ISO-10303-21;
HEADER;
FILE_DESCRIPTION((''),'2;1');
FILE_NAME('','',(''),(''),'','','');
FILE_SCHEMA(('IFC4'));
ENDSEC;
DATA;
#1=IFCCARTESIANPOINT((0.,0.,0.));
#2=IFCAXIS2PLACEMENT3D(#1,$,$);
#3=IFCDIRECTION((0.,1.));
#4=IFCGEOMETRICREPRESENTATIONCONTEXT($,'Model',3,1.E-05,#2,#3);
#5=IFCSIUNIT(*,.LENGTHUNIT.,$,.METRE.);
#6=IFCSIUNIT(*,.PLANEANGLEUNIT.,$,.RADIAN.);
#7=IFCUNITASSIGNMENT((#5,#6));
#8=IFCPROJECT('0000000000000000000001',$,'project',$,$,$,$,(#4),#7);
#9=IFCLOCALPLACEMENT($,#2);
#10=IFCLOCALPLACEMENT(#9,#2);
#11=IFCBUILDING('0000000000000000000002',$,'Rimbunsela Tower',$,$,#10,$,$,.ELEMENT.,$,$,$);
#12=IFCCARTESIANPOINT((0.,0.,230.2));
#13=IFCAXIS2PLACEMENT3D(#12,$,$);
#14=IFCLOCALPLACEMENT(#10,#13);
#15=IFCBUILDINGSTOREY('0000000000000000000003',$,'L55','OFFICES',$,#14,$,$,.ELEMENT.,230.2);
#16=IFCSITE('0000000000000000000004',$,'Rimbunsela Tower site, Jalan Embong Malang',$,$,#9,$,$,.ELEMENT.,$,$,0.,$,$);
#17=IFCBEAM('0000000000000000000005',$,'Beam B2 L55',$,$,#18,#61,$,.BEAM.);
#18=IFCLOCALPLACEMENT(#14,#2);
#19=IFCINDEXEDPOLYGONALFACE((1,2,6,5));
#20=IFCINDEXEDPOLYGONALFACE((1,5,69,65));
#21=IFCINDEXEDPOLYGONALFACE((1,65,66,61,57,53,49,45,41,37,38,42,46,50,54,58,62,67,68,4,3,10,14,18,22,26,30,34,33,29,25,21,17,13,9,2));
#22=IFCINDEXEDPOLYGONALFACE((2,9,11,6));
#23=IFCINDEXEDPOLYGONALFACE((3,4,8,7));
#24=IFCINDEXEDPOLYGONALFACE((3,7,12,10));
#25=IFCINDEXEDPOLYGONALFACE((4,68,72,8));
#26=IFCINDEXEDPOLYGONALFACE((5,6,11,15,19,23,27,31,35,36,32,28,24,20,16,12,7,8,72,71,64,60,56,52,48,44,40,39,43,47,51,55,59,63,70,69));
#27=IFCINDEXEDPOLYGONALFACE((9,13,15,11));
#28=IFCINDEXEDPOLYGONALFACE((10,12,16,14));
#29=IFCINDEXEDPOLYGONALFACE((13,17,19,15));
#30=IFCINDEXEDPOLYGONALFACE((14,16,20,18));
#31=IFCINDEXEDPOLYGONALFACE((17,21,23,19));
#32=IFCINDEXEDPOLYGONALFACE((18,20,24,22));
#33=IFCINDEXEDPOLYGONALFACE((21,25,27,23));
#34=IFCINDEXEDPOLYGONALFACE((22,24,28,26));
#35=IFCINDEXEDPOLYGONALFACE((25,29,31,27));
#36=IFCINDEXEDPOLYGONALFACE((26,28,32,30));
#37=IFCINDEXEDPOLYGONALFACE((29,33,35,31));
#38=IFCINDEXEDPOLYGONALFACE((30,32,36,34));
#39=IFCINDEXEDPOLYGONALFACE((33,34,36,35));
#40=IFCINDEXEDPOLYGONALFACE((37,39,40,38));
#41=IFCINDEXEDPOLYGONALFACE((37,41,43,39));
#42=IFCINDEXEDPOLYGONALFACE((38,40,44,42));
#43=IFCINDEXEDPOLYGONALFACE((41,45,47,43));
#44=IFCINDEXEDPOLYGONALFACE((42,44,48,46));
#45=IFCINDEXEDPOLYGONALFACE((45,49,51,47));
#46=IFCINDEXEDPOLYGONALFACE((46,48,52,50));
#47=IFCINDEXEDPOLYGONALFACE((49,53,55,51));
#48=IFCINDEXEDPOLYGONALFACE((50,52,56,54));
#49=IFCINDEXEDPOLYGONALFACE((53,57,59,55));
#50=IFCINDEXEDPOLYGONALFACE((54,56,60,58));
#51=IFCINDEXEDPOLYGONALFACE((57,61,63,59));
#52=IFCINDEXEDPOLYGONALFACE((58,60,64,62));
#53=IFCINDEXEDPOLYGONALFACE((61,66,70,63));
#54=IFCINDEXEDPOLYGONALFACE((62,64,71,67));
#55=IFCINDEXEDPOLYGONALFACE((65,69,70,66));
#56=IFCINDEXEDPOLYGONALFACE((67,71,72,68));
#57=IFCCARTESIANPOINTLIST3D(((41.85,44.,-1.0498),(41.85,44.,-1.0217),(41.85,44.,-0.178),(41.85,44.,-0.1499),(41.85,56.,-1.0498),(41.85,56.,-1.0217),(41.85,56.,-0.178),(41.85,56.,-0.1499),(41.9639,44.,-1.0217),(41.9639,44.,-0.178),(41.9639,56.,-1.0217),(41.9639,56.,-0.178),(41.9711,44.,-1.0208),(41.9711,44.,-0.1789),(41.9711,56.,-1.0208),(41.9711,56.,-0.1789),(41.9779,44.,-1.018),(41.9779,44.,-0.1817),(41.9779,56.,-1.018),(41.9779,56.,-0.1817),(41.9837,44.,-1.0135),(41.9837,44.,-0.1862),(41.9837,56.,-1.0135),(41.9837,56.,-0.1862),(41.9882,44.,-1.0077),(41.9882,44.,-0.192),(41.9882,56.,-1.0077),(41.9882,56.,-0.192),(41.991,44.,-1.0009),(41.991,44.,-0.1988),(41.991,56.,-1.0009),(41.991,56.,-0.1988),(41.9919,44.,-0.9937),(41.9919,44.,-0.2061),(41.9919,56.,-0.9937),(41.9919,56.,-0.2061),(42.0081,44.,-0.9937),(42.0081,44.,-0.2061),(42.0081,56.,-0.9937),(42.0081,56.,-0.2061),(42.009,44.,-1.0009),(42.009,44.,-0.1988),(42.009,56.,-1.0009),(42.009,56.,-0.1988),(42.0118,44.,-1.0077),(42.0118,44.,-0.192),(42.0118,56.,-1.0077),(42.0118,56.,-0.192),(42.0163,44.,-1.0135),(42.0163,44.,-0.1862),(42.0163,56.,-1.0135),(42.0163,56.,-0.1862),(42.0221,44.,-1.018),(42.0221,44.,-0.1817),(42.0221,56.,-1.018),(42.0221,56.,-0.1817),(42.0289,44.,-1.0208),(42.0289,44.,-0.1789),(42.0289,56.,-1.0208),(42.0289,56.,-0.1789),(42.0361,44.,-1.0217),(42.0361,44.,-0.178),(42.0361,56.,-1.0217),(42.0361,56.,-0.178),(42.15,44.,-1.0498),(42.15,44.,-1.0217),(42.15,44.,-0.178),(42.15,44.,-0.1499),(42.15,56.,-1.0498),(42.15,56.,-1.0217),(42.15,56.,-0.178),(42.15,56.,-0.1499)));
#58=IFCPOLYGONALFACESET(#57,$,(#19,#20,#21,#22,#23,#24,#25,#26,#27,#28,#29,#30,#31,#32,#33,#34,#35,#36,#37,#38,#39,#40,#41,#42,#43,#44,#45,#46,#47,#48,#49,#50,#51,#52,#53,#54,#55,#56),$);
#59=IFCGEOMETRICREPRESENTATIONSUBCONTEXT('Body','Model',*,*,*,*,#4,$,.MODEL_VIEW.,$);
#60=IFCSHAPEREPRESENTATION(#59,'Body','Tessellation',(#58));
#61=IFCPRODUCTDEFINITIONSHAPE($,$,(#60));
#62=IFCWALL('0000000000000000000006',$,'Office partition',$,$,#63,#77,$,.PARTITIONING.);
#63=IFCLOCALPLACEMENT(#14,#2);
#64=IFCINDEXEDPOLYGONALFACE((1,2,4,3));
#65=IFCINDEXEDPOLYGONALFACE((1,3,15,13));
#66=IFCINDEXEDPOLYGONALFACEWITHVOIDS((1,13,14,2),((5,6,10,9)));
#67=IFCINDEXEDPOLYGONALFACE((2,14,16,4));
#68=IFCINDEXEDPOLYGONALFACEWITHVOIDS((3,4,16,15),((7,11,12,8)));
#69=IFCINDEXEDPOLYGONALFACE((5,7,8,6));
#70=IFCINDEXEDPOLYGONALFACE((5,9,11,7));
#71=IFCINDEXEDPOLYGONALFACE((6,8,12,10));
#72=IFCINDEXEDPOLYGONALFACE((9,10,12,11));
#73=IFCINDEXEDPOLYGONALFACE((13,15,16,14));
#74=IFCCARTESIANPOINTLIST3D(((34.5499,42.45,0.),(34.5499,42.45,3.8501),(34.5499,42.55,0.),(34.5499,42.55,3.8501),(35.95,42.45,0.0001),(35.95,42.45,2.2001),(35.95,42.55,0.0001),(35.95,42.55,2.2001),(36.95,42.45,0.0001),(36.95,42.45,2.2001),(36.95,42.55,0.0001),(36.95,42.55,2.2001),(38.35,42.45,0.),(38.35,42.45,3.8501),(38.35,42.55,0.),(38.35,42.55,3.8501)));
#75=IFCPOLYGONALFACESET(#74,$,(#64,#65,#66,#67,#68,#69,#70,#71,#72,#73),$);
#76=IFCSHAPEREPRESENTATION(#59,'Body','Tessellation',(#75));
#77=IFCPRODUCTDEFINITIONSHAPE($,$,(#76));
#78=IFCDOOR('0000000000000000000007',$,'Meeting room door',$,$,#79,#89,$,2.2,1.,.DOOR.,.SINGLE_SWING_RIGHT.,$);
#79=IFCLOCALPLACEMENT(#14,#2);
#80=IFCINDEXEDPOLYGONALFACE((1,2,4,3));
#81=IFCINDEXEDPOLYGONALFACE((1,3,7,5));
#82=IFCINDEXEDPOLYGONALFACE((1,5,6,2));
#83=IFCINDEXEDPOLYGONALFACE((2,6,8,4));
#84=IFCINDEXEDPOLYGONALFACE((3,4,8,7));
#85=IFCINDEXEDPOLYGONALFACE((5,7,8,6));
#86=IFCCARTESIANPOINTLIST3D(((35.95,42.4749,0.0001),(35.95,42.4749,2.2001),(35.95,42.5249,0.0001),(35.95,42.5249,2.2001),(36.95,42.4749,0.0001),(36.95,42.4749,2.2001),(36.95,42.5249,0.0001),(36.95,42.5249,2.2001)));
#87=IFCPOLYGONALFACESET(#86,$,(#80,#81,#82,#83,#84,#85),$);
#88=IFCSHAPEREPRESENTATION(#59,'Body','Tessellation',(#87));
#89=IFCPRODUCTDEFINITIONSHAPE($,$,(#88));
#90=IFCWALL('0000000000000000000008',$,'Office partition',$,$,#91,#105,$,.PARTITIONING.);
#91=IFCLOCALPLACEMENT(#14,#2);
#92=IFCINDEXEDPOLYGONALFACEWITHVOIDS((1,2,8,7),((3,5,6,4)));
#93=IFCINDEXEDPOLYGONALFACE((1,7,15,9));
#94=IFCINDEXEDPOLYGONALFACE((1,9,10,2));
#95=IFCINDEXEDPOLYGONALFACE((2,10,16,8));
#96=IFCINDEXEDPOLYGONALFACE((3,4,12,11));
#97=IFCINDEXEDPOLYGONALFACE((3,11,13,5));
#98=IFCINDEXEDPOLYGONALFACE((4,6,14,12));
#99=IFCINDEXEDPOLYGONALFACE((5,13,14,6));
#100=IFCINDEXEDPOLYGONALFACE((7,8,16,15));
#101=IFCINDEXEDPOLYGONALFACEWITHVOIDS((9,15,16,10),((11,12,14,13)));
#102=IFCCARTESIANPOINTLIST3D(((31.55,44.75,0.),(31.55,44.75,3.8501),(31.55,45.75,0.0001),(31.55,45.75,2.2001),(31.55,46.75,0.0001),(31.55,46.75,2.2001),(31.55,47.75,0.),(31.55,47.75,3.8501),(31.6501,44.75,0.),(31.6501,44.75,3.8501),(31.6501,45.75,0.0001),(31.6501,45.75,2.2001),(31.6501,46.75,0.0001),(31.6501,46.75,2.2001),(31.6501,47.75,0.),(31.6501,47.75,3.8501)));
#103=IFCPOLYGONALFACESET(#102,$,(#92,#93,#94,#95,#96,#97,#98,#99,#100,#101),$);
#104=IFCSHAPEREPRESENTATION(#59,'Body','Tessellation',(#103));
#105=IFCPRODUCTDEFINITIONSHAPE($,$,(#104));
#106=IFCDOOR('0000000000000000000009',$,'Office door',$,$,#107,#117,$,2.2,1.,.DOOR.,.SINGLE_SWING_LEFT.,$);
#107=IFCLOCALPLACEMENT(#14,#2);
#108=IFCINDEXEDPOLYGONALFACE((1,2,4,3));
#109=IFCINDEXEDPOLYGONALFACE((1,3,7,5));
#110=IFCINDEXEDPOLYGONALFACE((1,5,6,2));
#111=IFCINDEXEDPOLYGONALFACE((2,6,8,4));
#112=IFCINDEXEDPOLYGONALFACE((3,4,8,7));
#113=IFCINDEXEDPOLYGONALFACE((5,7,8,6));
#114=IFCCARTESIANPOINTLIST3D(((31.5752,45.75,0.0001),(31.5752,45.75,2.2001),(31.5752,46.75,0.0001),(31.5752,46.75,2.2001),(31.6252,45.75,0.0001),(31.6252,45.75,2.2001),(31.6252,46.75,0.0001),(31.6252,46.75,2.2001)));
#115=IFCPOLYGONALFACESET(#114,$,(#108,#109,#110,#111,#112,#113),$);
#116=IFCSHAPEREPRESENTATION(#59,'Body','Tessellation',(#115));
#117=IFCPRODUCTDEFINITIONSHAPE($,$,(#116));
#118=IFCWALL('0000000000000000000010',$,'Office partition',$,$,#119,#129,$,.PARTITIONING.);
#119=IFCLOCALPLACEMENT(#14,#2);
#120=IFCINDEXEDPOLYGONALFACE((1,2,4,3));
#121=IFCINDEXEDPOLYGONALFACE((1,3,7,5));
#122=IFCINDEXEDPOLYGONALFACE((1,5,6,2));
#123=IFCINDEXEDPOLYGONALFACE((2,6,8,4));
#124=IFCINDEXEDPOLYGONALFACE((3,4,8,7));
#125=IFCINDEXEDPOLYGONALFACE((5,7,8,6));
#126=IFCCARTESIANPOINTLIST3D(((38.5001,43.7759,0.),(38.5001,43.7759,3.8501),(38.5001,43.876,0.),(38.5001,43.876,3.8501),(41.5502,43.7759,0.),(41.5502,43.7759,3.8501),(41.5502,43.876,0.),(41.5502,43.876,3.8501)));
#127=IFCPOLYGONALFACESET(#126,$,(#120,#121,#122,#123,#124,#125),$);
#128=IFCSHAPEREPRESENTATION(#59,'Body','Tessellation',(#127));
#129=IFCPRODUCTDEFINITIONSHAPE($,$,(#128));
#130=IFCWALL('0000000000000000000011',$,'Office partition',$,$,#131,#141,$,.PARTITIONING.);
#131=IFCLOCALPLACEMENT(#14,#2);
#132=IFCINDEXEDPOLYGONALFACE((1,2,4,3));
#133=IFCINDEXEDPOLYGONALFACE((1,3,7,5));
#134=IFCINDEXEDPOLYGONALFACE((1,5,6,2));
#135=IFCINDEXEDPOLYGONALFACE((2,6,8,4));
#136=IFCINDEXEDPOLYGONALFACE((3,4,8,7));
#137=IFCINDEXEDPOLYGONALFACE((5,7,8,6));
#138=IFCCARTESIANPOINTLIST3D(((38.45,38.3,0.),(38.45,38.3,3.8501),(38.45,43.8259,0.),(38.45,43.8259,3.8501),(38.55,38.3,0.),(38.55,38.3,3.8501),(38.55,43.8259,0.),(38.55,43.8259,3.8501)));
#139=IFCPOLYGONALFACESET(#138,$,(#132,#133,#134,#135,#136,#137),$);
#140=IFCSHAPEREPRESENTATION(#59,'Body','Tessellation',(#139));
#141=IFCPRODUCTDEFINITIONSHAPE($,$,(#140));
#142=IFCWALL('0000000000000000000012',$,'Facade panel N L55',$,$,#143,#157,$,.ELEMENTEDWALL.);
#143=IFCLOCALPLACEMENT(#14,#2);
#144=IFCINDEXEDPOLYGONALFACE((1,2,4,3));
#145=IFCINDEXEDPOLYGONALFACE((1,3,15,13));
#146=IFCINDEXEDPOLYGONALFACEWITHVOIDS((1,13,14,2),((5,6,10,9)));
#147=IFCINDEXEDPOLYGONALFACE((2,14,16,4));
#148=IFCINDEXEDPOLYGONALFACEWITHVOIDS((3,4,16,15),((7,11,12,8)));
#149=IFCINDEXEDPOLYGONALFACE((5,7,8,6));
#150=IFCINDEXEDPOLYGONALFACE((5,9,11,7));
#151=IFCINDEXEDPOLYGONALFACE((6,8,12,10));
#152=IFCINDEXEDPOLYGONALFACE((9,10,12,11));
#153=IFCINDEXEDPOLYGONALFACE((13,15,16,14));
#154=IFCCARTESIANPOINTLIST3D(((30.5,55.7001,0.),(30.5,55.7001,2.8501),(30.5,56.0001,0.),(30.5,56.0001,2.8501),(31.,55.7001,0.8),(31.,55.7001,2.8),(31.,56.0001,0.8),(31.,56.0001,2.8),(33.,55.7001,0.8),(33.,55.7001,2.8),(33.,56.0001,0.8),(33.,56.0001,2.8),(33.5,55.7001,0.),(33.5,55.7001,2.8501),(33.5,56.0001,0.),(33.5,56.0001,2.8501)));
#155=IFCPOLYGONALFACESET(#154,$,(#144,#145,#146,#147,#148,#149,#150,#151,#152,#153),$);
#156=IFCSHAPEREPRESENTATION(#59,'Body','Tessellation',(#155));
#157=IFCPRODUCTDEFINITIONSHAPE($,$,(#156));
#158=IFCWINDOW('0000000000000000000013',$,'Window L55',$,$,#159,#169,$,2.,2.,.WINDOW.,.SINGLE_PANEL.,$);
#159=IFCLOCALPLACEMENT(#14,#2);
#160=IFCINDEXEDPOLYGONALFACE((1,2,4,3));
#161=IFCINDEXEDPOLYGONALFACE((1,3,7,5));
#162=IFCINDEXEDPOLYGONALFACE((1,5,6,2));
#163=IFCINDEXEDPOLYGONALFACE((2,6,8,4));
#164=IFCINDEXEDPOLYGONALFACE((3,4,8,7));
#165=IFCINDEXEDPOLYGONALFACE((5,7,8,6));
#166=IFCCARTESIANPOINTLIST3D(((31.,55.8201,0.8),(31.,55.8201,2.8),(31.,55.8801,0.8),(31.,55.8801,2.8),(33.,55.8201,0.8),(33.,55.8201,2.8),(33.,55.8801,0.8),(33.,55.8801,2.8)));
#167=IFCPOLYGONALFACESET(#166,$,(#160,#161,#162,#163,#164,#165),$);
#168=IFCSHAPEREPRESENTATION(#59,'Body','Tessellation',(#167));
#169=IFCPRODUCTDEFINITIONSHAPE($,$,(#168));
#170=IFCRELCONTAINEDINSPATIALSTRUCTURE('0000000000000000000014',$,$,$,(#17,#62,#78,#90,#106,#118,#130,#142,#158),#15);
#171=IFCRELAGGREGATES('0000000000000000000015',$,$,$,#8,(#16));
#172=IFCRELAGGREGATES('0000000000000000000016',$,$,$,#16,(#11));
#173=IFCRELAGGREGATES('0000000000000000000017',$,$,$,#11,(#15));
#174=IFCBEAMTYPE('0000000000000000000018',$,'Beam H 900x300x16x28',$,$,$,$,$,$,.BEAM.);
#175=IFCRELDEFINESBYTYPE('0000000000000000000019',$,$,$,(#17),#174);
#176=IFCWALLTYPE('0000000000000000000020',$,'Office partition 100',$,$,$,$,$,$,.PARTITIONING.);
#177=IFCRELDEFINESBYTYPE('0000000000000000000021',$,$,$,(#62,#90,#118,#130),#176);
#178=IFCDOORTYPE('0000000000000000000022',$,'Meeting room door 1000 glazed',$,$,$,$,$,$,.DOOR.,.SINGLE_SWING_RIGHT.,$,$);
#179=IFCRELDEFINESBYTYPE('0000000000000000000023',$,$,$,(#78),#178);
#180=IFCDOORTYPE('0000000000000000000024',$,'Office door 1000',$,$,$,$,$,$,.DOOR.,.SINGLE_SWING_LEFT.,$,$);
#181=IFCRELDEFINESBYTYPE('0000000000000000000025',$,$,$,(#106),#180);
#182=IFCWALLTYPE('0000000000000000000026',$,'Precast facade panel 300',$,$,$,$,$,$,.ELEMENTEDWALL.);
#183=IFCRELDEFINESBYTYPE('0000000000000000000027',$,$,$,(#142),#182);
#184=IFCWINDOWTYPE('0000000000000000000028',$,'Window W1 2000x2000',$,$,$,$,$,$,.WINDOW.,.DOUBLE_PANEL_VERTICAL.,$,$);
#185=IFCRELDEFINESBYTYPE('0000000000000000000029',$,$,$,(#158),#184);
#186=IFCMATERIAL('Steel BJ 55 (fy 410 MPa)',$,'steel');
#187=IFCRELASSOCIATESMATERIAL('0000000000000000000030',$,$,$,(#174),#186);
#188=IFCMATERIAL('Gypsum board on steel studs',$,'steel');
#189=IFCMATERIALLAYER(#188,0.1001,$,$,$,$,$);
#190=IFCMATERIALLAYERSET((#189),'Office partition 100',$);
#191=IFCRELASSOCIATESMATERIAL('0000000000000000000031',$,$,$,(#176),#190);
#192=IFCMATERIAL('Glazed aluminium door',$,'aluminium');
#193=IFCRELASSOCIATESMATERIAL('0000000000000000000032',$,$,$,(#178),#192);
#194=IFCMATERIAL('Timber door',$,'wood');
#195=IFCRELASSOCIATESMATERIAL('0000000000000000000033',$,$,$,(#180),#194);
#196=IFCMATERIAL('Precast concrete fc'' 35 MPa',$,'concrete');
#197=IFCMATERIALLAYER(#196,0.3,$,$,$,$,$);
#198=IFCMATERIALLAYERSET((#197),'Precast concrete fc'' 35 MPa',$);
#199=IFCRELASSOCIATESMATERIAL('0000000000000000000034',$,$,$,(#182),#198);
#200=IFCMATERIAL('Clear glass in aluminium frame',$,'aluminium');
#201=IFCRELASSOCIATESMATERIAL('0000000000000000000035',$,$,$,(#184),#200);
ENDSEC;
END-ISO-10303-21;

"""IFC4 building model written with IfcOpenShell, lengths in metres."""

from ifc_helpers import new_model, si_unit, direction, frame, frame_2d, origin, origin_2d, place, context, subcontext, project, spatial, rectangle, i_section, extrude, material, layer, layer_set, material_profile, profile_set, type_object, element, fill, save


model = new_model("IFC4")

# Units and contexts
model_context = context("Model", 3, precision=1e-05, world=origin(), true_north=direction((0.0, 1.0)))
body_context = subcontext(model_context, "Body", "Model", "MODEL_VIEW")
ifc_project = project(units=[si_unit("LENGTHUNIT", "METRE"), si_unit("PLANEANGLEUNIT", "RADIAN")], contexts=[model_context])

# Site, building, storey
site_placement = place(None, origin())
site = spatial("IfcSite", under=ifc_project, at=site_placement, Name="Rimbunsela Tower site, Jalan Embong Malang", CompositionType="ELEMENT", RefElevation=0.0)
building_placement = place(site_placement, origin())
building = spatial("IfcBuilding", under=site, at=building_placement, Name="Rimbunsela Tower", CompositionType="ELEMENT")
storey_placement = place(building_placement, frame((0.0, 0.0, 230.2)))
storey = spatial("IfcBuildingStorey", under=building, at=storey_placement, Name="L55", Description="OFFICES", CompositionType="ELEMENT", Elevation=230.2)

# Beam
ifc_material_1 = material(Name="Steel BJ 55 (fy 410 MPa)", Category="steel")
ifc_material_profile_1 = material_profile(ifc_material_1, i_section(OverallWidth=0.3, OverallDepth=0.8999, WebThickness=0.0161, FlangeThickness=0.0281, FilletRadius=0.0281, at=origin_2d()), Name="H 900x300x16x28")
ifc_profile_set_1 = profile_set([ifc_material_profile_1], Name="Steel BJ 55 (fy 410 MPa)")
beam_type_1 = type_object("IfcBeamType", Name="Beam H 900x300x16x28", PredefinedType="BEAM", material=ifc_profile_set_1)
for number, where, z_axis, x_axis, name in (
    (1, (42.0, 44.0, -0.5999), (0.0, 1.0, 0.0), (-1.0, 0.0, 0.0), "Beam B2 L55"),
):
    element("IfcBeam", number, at=place(storey_placement, frame(where, z_axis=z_axis, x_axis=x_axis)), inside=storey, type_object=beam_type_1, Name=name, PredefinedType="BEAM", context=body_context, shape_type="SweptSolid", body=[
        extrude(i_section(OverallWidth=0.3, OverallDepth=0.8999, WebThickness=0.0161, FlangeThickness=0.0281, FilletRadius=0.0281, at=origin_2d()), origin(), (0.0, 0.0, 1.0), 12.0),
    ])

# Walls, openings, doors
ifc_material_2 = material(Name="Gypsum board on steel studs", Category="steel")
ifc_layer_1 = layer(ifc_material_2, 0.1001)
ifc_layer_set_1 = layer_set([ifc_layer_1], Name="Office partition 100")
wall_type_1 = type_object("IfcWallType", Name="Office partition 100", PredefinedType="PARTITIONING", material=ifc_layer_set_1)
wall_1_placement = place(storey_placement, frame((34.55, 42.5, 0.0), z_axis=(0.0, 0.0, 1.0), x_axis=(1.0, 0.0, 0.0)))
wall_1 = element("IfcWall", 2, at=wall_1_placement, inside=storey, type_object=wall_type_1, Name="Office partition", PredefinedType="PARTITIONING", context=body_context, shape_type="SweptSolid", body=[
    extrude(rectangle(XDim=3.8, YDim=0.1001, at=frame_2d((1.8999, 0.0))), origin(), (0.0, 0.0, 1.0), 3.8501),
])
opening_1_placement = place(wall_1_placement, frame((1.3999, 0.0, 0.0)))
opening_1 = element("IfcOpeningElement", 3, at=opening_1_placement, cuts=wall_1, PredefinedType="OPENING", context=body_context, shape_type="SweptSolid", body=[
    extrude(rectangle(XDim=1.0, YDim=2.2, at=frame_2d((0.5, 1.1001))), frame((0.0, 0.0601, 0.0), z_axis=(0.0, -1.0, 0.0), x_axis=(1.0, 0.0, 0.0)), (0.0, 0.0, 1.0), 0.1201),
])
ifc_material_3 = material(Name="Glazed aluminium door", Category="aluminium")
door_type_1 = type_object("IfcDoorType", Name="Meeting room door 1000 glazed", OperationType="SINGLE_SWING_RIGHT", PredefinedType="DOOR", material=ifc_material_3)
door_1_placement = place(opening_1_placement, origin())
door_1 = element("IfcDoor", 4, at=door_1_placement, inside=storey, type_object=door_type_1, Name="Meeting room door", OperationType="SINGLE_SWING_RIGHT", OverallHeight=2.2, OverallWidth=1.0, PredefinedType="DOOR", context=body_context, shape_type="SweptSolid", body=[
    extrude(rectangle(XDim=1.0, YDim=2.2, at=frame_2d((0.5, 1.1001))), frame((0.0, 0.0249, 0.0), z_axis=(0.0, -1.0, 0.0), x_axis=(1.0, 0.0, 0.0)), (0.0, 0.0, 1.0), 0.05),
])
fill(opening_1, door_1)
wall_2_placement = place(storey_placement, frame((31.6001, 44.75, 0.0), z_axis=(0.0, 0.0, 1.0), x_axis=(0.0, 1.0, 0.0)))
wall_2 = element("IfcWall", 5, at=wall_2_placement, inside=storey, type_object=wall_type_1, Name="Office partition", PredefinedType="PARTITIONING", context=body_context, shape_type="SweptSolid", body=[
    extrude(rectangle(XDim=3.0, YDim=0.1001, at=frame_2d((1.5, 0.0))), origin(), (0.0, 0.0, 1.0), 3.8501),
])
opening_2_placement = place(wall_2_placement, frame((1.0, 0.0, 0.0)))
opening_2 = element("IfcOpeningElement", 6, at=opening_2_placement, cuts=wall_2, PredefinedType="OPENING", context=body_context, shape_type="SweptSolid", body=[
    extrude(rectangle(XDim=1.0, YDim=2.2, at=frame_2d((0.5, 1.1001))), frame((0.0, 0.0601, 0.0), z_axis=(0.0, -1.0, 0.0), x_axis=(1.0, 0.0, 0.0)), (0.0, 0.0, 1.0), 0.1201),
])
ifc_material_4 = material(Name="Timber door", Category="wood")
door_type_2 = type_object("IfcDoorType", Name="Office door 1000", OperationType="SINGLE_SWING_LEFT", PredefinedType="DOOR", material=ifc_material_4)
door_2_placement = place(opening_2_placement, origin())
door_2 = element("IfcDoor", 7, at=door_2_placement, inside=storey, type_object=door_type_2, Name="Office door", OperationType="SINGLE_SWING_LEFT", OverallHeight=2.2, OverallWidth=1.0, PredefinedType="DOOR", context=body_context, shape_type="SweptSolid", body=[
    extrude(rectangle(XDim=1.0, YDim=2.2, at=frame_2d((0.5, 1.1001))), frame((0.0, 0.0249, 0.0), z_axis=(0.0, -1.0, 0.0), x_axis=(1.0, 0.0, 0.0)), (0.0, 0.0, 1.0), 0.05),
])
fill(opening_2, door_2)

# Walls
wall_3_placement = place(storey_placement, frame((41.55, 43.8259, 0.0), z_axis=(0.0, 0.0, 1.0), x_axis=(-1.0, 0.0, 0.0)))
element("IfcWall", 8, at=wall_3_placement, inside=storey, type_object=wall_type_1, Name="Office partition", PredefinedType="PARTITIONING", context=body_context, shape_type="SweptSolid", body=[
    extrude(rectangle(XDim=3.05, YDim=0.1001, at=frame_2d((1.5249, 0.0))), origin(), (0.0, 0.0, 1.0), 3.8501),
])
wall_4_placement = place(storey_placement, frame((38.5, 43.8259, 0.0), z_axis=(0.0, 0.0, 1.0), x_axis=(0.0, -1.0, 0.0)))
element("IfcWall", 9, at=wall_4_placement, inside=storey, type_object=wall_type_1, Name="Office partition", PredefinedType="PARTITIONING", context=body_context, shape_type="SweptSolid", body=[
    extrude(rectangle(XDim=5.5259, YDim=0.1001, at=frame_2d((2.7629, 0.0))), origin(), (0.0, 0.0, 1.0), 3.8501),
])

# Wall, opening, window
ifc_material_5 = material(Name="Precast concrete fc' 35 MPa", Category="concrete")
ifc_layer_2 = layer(ifc_material_5, 0.3)
ifc_layer_set_2 = layer_set([ifc_layer_2], Name="Precast concrete fc' 35 MPa")
wall_type_2 = type_object("IfcWallType", Name="Precast facade panel 300", PredefinedType="ELEMENTEDWALL", material=ifc_layer_set_2)
wall_5_placement = place(storey_placement, frame((33.5, 55.8501, 0.0), z_axis=(0.0, 0.0, 1.0), x_axis=(-1.0, 0.0, 0.0)))
wall_5 = element("IfcWall", 10, at=wall_5_placement, inside=storey, type_object=wall_type_2, Name="Facade panel N L55", PredefinedType="ELEMENTEDWALL", context=body_context, shape_type="SweptSolid", body=[
    extrude(rectangle(XDim=3.0, YDim=0.3, at=frame_2d((1.5, 0.0))), origin(), (0.0, 0.0, 1.0), 2.8501),
])
opening_3_placement = place(wall_5_placement, frame((0.5, 0.0, 0.8)))
opening_3 = element("IfcOpeningElement", 11, at=opening_3_placement, cuts=wall_5, PredefinedType="OPENING", context=body_context, shape_type="SweptSolid", body=[
    extrude(rectangle(XDim=2.0, YDim=2.0, at=frame_2d((1.0, 1.0))), frame((0.0, 0.1599, 0.0), z_axis=(0.0, -1.0, 0.0), x_axis=(1.0, 0.0, 0.0)), (0.0, 0.0, 1.0), 0.3201),
])
ifc_material_6 = material(Name="Clear glass in aluminium frame", Category="aluminium")
window_type = type_object("IfcWindowType", Name="Window W1 2000x2000", PartitioningType="DOUBLE_PANEL_VERTICAL", PredefinedType="WINDOW", material=ifc_material_6)
window_1_placement = place(opening_3_placement, origin())
window_1 = element("IfcWindow", 12, at=window_1_placement, inside=storey, type_object=window_type, Name="Window L55", OverallHeight=2.0, OverallWidth=2.0, PartitioningType="SINGLE_PANEL", PredefinedType="WINDOW", context=body_context, shape_type="SweptSolid", body=[
    extrude(rectangle(XDim=2.0, YDim=2.0, at=frame_2d((1.0, 1.0))), frame((0.0, 0.03, 0.0), z_axis=(0.0, -1.0, 0.0), x_axis=(1.0, 0.0, 0.0)), (0.0, 0.0, 1.0), 0.0601),
])
fill(opening_3, window_1)

save(model, "model.ifc")
